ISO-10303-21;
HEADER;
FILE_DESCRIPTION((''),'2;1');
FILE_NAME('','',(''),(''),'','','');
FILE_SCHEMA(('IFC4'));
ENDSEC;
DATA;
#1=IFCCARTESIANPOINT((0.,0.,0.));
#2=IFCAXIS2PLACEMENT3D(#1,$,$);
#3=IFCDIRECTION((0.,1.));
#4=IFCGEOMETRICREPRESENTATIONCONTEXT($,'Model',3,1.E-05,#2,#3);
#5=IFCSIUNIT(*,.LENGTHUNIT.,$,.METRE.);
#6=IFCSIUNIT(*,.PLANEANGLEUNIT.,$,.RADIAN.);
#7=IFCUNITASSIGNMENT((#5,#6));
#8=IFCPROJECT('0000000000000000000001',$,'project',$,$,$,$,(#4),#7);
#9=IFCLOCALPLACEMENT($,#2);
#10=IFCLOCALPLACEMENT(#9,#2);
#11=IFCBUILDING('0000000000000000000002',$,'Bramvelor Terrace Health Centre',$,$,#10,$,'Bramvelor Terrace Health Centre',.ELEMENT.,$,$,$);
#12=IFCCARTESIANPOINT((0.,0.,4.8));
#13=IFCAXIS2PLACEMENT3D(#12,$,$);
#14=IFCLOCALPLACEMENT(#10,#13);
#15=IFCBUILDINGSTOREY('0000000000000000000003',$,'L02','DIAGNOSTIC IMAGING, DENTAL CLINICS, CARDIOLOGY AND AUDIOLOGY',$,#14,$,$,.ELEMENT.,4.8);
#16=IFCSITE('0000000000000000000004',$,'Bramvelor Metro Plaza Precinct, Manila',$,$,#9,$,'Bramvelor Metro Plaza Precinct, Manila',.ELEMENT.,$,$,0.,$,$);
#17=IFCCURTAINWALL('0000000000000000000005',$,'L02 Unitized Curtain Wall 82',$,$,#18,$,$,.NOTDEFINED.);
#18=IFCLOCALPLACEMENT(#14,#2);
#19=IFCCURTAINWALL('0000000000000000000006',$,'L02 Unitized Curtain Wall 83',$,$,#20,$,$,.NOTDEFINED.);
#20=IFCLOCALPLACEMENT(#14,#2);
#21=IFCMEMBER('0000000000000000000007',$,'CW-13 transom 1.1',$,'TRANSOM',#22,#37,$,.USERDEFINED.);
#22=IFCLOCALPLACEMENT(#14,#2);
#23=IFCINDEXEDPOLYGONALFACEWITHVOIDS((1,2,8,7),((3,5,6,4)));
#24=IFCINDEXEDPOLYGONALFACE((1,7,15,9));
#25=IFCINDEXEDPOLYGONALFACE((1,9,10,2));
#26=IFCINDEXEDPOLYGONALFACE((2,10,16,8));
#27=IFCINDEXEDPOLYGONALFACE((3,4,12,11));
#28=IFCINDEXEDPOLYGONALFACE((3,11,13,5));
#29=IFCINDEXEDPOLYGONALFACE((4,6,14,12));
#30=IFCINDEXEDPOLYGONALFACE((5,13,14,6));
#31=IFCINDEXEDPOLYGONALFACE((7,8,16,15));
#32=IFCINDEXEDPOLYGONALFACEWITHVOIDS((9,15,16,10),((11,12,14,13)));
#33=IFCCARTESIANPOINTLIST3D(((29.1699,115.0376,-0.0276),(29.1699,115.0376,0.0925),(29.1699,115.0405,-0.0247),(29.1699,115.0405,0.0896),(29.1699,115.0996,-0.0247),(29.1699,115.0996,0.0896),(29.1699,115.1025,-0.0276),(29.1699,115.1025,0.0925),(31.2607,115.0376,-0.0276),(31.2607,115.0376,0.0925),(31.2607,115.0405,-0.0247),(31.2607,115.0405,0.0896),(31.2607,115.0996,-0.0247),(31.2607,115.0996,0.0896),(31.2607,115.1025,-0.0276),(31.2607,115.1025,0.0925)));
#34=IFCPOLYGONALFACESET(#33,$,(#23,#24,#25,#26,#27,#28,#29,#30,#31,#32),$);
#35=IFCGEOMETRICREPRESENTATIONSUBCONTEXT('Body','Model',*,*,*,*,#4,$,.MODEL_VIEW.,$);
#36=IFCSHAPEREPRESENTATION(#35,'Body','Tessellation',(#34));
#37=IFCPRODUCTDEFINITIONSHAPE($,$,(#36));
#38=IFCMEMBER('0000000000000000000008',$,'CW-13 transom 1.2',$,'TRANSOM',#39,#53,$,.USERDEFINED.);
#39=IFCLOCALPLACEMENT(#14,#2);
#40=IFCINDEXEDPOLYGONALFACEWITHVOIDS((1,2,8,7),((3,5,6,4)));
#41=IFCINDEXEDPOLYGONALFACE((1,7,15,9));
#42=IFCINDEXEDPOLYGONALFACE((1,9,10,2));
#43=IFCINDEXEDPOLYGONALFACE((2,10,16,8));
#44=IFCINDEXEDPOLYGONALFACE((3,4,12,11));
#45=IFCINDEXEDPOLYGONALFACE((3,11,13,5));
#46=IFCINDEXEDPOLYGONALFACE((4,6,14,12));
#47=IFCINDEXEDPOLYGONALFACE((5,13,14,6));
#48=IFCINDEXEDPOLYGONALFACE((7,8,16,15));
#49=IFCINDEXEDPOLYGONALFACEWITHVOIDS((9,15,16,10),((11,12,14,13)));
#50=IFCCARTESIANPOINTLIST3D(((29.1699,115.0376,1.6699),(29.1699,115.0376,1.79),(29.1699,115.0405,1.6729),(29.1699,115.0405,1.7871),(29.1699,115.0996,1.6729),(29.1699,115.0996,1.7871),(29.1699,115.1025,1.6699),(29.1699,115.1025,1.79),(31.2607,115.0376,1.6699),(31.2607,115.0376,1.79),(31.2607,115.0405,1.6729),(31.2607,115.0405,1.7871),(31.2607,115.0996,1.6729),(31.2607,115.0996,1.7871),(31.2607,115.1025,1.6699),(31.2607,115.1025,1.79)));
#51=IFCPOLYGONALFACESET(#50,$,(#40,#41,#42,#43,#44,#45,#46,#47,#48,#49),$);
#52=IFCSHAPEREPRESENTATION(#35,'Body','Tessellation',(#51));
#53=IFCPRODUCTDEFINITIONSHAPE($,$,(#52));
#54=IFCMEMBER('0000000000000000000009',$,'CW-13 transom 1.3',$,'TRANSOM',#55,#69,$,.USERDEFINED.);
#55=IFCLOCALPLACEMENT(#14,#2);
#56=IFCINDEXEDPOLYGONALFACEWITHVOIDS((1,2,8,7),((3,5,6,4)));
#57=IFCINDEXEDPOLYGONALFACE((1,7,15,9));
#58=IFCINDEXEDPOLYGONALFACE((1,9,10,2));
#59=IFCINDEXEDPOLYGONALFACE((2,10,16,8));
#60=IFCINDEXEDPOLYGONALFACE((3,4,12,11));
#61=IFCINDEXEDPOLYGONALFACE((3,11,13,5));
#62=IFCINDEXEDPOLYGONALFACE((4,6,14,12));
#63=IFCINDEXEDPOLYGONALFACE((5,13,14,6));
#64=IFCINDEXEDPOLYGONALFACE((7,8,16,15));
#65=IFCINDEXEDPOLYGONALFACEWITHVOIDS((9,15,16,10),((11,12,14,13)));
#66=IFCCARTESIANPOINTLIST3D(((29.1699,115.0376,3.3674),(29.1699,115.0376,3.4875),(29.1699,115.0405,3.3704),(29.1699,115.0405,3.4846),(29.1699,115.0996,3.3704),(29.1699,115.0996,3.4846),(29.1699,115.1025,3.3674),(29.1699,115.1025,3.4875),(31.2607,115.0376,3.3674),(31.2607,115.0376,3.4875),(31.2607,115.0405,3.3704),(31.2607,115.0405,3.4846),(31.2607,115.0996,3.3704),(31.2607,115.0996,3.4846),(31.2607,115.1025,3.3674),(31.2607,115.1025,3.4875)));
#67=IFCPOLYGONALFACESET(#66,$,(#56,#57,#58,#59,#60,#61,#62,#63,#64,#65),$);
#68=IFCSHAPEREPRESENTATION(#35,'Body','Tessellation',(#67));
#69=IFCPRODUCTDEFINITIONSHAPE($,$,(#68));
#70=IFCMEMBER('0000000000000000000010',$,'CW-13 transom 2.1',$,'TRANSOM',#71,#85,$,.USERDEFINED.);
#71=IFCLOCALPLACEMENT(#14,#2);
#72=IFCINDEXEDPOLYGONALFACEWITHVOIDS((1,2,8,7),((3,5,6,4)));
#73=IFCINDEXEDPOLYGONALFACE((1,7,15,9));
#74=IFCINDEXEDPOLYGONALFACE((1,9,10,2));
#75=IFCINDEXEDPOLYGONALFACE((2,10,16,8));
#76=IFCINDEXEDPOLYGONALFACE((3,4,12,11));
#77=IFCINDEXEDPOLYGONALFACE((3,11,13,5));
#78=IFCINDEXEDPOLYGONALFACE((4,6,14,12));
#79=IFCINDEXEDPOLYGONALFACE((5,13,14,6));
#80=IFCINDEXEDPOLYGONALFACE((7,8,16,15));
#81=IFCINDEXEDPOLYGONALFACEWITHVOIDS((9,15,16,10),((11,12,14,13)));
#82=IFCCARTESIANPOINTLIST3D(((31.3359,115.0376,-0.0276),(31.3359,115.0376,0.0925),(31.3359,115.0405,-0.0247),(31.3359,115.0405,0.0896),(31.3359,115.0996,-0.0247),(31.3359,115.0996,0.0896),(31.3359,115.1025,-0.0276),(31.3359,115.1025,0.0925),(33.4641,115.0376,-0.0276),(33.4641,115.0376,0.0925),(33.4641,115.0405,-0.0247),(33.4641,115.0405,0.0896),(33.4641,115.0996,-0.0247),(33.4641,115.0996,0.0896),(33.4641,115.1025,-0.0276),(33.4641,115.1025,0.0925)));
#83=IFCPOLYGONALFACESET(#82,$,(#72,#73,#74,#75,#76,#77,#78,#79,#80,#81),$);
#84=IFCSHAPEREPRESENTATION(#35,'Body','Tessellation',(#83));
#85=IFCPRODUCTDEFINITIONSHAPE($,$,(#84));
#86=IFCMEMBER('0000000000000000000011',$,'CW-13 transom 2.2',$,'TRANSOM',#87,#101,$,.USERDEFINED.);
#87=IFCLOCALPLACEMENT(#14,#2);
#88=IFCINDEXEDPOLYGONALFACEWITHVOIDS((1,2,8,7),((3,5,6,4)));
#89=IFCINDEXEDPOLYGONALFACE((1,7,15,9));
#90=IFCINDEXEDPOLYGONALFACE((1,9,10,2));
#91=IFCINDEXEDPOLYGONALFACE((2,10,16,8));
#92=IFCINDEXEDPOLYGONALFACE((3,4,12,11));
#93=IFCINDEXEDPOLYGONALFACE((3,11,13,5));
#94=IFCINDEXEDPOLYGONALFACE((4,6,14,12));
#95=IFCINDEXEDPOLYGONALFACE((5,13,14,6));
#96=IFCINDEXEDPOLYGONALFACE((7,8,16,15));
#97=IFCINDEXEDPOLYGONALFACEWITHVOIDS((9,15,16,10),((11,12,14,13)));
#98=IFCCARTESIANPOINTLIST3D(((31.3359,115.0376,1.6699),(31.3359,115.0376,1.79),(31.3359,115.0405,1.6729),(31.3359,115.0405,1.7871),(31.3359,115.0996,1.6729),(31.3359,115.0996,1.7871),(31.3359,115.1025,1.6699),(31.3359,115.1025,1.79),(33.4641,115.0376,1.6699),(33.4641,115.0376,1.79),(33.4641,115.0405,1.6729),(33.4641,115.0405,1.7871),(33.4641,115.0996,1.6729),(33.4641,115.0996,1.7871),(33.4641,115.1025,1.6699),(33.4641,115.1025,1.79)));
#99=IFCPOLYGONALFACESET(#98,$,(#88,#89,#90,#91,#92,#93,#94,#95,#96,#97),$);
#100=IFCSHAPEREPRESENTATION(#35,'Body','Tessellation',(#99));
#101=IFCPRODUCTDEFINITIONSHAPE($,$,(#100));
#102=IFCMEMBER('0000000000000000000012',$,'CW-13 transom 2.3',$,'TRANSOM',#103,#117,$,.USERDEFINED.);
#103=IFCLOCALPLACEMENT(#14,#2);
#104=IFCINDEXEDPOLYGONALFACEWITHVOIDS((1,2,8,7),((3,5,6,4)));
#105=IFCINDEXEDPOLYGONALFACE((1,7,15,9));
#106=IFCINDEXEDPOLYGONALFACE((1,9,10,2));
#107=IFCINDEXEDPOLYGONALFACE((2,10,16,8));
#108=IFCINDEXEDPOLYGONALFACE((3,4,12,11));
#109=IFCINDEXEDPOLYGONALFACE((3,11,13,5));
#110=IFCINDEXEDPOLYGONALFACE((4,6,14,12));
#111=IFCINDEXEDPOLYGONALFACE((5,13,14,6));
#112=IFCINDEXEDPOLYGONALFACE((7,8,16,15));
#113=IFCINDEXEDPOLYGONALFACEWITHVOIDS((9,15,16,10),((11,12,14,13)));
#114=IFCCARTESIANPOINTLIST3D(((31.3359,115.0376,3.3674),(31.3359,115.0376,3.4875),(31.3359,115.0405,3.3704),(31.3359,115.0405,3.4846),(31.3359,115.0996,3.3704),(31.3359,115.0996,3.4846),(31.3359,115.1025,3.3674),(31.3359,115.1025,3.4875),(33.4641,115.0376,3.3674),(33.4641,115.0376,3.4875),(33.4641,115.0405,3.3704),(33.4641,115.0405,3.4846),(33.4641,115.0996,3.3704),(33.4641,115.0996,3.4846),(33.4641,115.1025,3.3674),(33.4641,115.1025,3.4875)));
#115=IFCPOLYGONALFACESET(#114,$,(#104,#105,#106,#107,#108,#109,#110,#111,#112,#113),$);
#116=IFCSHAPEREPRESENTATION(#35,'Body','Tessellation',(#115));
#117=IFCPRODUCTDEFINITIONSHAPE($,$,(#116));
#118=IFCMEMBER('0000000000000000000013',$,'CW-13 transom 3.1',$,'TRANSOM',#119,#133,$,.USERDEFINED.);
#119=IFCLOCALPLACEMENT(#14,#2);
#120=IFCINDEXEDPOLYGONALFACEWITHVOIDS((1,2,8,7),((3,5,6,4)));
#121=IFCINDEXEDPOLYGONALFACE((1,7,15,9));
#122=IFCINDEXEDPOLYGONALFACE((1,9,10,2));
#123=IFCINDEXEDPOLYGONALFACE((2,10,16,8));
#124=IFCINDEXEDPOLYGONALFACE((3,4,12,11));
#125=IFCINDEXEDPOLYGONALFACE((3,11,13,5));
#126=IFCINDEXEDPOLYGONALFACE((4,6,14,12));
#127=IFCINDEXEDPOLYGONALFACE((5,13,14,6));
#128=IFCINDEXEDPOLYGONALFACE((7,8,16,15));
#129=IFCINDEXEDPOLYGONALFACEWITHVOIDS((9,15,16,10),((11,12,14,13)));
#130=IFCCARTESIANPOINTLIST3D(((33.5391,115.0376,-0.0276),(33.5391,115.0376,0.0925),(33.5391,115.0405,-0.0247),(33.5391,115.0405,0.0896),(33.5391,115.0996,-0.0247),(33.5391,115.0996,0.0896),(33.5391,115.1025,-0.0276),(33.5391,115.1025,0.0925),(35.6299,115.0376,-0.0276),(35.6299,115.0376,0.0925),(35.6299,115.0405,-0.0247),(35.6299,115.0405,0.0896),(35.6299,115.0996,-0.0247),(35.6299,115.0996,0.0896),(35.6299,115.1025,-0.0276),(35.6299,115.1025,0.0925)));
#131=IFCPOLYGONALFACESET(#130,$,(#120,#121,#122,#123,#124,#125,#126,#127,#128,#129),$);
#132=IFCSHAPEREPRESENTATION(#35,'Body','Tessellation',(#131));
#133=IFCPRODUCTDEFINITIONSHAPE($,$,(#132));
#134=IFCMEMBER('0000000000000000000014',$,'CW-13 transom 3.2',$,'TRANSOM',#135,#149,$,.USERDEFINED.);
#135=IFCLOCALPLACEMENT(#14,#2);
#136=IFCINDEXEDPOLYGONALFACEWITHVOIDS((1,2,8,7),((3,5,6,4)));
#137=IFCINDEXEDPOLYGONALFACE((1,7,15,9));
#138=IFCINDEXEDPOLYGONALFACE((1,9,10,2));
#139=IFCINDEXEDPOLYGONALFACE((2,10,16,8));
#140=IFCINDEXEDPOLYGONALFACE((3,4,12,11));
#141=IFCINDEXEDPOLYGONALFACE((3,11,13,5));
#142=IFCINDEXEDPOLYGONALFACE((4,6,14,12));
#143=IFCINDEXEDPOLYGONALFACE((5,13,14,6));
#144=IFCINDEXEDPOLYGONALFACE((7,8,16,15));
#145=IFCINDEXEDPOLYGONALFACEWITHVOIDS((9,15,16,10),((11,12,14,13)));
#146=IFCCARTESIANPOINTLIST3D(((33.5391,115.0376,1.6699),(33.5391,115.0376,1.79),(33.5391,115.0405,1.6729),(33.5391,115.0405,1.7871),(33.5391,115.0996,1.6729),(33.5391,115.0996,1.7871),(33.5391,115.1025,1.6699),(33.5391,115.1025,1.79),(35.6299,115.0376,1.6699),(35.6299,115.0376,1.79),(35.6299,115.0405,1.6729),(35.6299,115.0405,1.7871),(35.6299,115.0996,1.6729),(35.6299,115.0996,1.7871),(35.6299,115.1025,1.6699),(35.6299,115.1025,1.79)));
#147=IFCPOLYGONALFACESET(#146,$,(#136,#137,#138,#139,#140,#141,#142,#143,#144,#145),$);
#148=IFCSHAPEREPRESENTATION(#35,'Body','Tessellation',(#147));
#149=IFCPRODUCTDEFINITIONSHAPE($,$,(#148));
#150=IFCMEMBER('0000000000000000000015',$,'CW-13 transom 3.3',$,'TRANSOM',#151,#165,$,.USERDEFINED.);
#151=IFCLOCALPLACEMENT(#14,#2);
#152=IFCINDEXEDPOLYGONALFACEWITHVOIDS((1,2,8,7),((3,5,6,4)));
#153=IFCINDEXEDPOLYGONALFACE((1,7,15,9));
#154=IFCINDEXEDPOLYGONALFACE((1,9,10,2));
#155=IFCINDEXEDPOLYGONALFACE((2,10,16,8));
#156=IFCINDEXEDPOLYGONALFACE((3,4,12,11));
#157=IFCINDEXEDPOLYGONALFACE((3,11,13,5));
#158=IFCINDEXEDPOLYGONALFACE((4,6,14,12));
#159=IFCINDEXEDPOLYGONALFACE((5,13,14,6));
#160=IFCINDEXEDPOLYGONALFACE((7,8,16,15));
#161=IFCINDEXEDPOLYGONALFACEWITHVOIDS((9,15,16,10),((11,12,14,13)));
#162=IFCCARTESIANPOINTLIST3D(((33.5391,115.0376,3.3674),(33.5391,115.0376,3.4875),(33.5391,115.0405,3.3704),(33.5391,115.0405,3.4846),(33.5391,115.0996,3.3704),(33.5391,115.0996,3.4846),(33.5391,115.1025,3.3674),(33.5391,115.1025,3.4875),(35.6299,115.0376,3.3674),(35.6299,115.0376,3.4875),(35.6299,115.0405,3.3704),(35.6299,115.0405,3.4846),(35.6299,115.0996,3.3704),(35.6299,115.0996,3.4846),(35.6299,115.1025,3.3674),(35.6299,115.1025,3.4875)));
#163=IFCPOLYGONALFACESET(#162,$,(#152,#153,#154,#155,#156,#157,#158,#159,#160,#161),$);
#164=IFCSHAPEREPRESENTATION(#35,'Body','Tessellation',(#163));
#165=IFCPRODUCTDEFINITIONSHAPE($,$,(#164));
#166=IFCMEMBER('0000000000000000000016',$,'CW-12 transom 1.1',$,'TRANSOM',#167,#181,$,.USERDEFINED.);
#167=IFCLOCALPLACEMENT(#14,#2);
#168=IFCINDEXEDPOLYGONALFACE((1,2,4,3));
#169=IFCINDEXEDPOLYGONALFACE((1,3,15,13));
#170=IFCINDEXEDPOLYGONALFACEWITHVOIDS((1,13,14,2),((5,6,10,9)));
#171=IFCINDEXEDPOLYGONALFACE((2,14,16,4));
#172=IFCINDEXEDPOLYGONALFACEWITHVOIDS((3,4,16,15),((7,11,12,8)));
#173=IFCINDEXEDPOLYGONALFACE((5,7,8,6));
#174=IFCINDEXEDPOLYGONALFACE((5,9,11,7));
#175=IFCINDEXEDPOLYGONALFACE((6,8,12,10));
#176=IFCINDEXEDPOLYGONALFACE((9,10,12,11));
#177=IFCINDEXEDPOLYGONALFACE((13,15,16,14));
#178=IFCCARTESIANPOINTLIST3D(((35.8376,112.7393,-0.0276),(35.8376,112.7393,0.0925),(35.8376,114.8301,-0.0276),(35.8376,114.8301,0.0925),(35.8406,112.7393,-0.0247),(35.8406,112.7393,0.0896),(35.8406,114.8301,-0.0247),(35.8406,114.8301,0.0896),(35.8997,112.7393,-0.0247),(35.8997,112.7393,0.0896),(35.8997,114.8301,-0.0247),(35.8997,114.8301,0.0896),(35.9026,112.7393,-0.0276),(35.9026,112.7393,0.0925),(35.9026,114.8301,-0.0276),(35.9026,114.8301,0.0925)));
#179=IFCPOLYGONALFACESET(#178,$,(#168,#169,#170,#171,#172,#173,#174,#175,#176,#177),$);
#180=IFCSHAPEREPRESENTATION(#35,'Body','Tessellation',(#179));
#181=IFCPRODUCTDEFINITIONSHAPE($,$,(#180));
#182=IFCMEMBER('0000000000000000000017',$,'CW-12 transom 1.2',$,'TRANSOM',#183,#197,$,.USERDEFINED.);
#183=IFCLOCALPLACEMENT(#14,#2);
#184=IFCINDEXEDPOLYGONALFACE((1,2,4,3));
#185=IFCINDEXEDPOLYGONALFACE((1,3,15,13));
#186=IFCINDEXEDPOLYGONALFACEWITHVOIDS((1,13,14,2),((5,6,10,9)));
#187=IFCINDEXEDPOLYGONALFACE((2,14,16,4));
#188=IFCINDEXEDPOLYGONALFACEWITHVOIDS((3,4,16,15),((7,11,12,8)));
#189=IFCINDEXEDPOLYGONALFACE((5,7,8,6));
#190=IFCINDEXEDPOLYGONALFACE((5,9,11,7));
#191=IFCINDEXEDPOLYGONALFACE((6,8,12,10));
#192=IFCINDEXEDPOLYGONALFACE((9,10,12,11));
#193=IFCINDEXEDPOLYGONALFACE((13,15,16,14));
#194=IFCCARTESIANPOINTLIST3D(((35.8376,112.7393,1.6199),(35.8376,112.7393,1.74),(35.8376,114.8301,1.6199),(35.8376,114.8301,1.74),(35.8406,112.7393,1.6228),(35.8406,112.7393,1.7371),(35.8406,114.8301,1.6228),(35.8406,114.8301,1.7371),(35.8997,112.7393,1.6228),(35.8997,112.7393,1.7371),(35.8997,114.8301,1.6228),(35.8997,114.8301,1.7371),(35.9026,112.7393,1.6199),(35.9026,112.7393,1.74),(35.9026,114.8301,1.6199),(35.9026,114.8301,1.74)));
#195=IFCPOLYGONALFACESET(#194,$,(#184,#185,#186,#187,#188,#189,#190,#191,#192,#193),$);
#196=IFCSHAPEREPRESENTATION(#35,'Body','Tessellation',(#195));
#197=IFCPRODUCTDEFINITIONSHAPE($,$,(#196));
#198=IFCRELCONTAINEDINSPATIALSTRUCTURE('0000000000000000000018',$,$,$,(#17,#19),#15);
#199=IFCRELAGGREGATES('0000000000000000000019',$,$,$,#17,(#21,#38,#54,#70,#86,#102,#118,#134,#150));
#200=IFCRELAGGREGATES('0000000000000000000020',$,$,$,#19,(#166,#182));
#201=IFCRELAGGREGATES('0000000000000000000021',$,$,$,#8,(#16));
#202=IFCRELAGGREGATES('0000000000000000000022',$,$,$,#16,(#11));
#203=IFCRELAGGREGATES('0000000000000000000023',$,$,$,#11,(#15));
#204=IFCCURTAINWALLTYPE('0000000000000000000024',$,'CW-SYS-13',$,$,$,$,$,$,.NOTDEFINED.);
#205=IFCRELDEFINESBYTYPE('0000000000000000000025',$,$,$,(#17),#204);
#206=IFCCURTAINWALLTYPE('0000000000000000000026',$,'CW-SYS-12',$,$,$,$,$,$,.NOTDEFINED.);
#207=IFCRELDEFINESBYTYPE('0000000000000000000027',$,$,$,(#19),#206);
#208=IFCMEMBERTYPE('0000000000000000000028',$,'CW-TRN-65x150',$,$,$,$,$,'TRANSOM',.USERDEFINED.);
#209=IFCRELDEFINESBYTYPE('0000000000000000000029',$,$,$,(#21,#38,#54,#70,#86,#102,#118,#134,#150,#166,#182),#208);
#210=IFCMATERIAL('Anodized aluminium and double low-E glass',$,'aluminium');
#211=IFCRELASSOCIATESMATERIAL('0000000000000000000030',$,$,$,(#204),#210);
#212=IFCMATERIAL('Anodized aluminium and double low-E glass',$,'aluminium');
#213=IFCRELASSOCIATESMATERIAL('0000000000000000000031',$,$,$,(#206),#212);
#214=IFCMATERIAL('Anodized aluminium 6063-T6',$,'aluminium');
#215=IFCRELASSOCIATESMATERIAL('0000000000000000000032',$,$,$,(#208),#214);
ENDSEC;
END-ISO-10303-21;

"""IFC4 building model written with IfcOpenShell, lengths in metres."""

from ifc_helpers import new_model, si_unit, direction, frame, origin, origin_2d, place, context, subcontext, project, spatial, hollow_rectangle, extrude, material, material_profile, profile_set, type_object, element, aggregate, save


model = new_model("IFC4")

# Units and contexts
model_context = context("Model", 3, precision=1e-05, world=origin(), true_north=direction((0.0, 1.0)))
body_context = subcontext(model_context, "Body", "Model", "MODEL_VIEW")
ifc_project = project(units=[si_unit("LENGTHUNIT", "METRE"), si_unit("PLANEANGLEUNIT", "RADIAN")], contexts=[model_context])

# Site, building, storey
site_placement = place(None, origin())
site = spatial("IfcSite", under=ifc_project, at=site_placement, Name="Bramvelor Metro Plaza Precinct, Manila", LongName="Bramvelor Metro Plaza Precinct, Manila", CompositionType="ELEMENT", RefElevation=0.0)
building_placement = place(site_placement, origin())
building = spatial("IfcBuilding", under=site, at=building_placement, Name="Bramvelor Terrace Health Centre", LongName="Bramvelor Terrace Health Centre", CompositionType="ELEMENT")
storey_placement = place(building_placement, frame((0.0, 0.0, 4.8)))
storey = spatial("IfcBuildingStorey", under=building, at=storey_placement, Name="L02", Description="DIAGNOSTIC IMAGING, DENTAL CLINICS, CARDIOLOGY AND AUDIOLOGY", CompositionType="ELEMENT", Elevation=4.8)

# Shared definitions
ifc_material_1 = material(Name="Anodized aluminium and double low-E glass", Category="aluminium")
curtain_wall_type_1 = type_object("IfcCurtainWallType", Name="CW-SYS-13", PredefinedType="NOTDEFINED", material=ifc_material_1)

# Curtain walls
curtain_wall_1_placement = place(storey_placement, origin())
curtain_wall_1 = element("IfcCurtainWall", 1, at=curtain_wall_1_placement, inside=storey, type_object=curtain_wall_type_1, Name="L02 Unitized Curtain Wall 82", PredefinedType="NOTDEFINED")
ifc_material_2 = material(Name="Anodized aluminium and double low-E glass", Category="aluminium")
curtain_wall_type_2 = type_object("IfcCurtainWallType", Name="CW-SYS-12", PredefinedType="NOTDEFINED", material=ifc_material_2)
curtain_wall_2_placement = place(storey_placement, origin())
curtain_wall_2 = element("IfcCurtainWall", 2, at=curtain_wall_2_placement, inside=storey, type_object=curtain_wall_type_2, Name="L02 Unitized Curtain Wall 83", PredefinedType="NOTDEFINED")

# Members
ifc_material_3 = material(Name="Anodized aluminium 6063-T6", Category="aluminium")
ifc_material_profile_1 = material_profile(ifc_material_3, hollow_rectangle(XDim=0.0649, YDim=0.1201, WallThickness=0.0029, at=origin_2d()), Name="ALU-TRN 65x120x3.0")
ifc_profile_set_1 = profile_set([ifc_material_profile_1], Name="Anodized aluminium 6063-T6")
member_type_1 = type_object("IfcMemberType", Name="CW-TRN-65x150", ElementType="TRANSOM", PredefinedType="USERDEFINED", material=ifc_profile_set_1)
member_1_placement = place(storey_placement, frame((29.1699, 115.0701, 0.0325), z_axis=(1.0, 0.0, 0.0), x_axis=(0.0, 1.0, 0.0)))
member_1 = element("IfcMember", 3, at=member_1_placement, type_object=member_type_1, Name="CW-13 transom 1.1", ObjectType="TRANSOM", PredefinedType="USERDEFINED", context=body_context, shape_type="SweptSolid", body=[
    extrude(hollow_rectangle(XDim=0.0649, YDim=0.1201, WallThickness=0.0029, at=origin_2d()), origin(), (0.0, 0.0, 1.0), 2.0908),
])
member_2_placement = place(storey_placement, frame((29.1699, 115.0701, 1.73), z_axis=(1.0, 0.0, 0.0), x_axis=(0.0, 1.0, 0.0)))
member_2 = element("IfcMember", 4, at=member_2_placement, type_object=member_type_1, Name="CW-13 transom 1.2", ObjectType="TRANSOM", PredefinedType="USERDEFINED", context=body_context, shape_type="SweptSolid", body=[
    extrude(hollow_rectangle(XDim=0.0649, YDim=0.1201, WallThickness=0.0029, at=origin_2d()), origin(), (0.0, 0.0, 1.0), 2.0908),
])
member_3_placement = place(storey_placement, frame((29.1699, 115.0701, 3.4275), z_axis=(1.0, 0.0, 0.0), x_axis=(0.0, 1.0, 0.0)))
member_3 = element("IfcMember", 5, at=member_3_placement, type_object=member_type_1, Name="CW-13 transom 1.3", ObjectType="TRANSOM", PredefinedType="USERDEFINED", context=body_context, shape_type="SweptSolid", body=[
    extrude(hollow_rectangle(XDim=0.0649, YDim=0.1201, WallThickness=0.0029, at=origin_2d()), origin(), (0.0, 0.0, 1.0), 2.0908),
])
member_4_placement = place(storey_placement, frame((31.3359, 115.0701, 0.0325), z_axis=(1.0, 0.0, 0.0), x_axis=(0.0, 1.0, 0.0)))
member_4 = element("IfcMember", 6, at=member_4_placement, type_object=member_type_1, Name="CW-13 transom 2.1", ObjectType="TRANSOM", PredefinedType="USERDEFINED", context=body_context, shape_type="SweptSolid", body=[
    extrude(hollow_rectangle(XDim=0.0649, YDim=0.1201, WallThickness=0.0029, at=origin_2d()), origin(), (0.0, 0.0, 1.0), 2.1282),
])
member_5_placement = place(storey_placement, frame((31.3359, 115.0701, 1.73), z_axis=(1.0, 0.0, 0.0), x_axis=(0.0, 1.0, 0.0)))
member_5 = element("IfcMember", 7, at=member_5_placement, type_object=member_type_1, Name="CW-13 transom 2.2", ObjectType="TRANSOM", PredefinedType="USERDEFINED", context=body_context, shape_type="SweptSolid", body=[
    extrude(hollow_rectangle(XDim=0.0649, YDim=0.1201, WallThickness=0.0029, at=origin_2d()), origin(), (0.0, 0.0, 1.0), 2.1282),
])
member_6_placement = place(storey_placement, frame((31.3359, 115.0701, 3.4275), z_axis=(1.0, 0.0, 0.0), x_axis=(0.0, 1.0, 0.0)))
member_6 = element("IfcMember", 8, at=member_6_placement, type_object=member_type_1, Name="CW-13 transom 2.3", ObjectType="TRANSOM", PredefinedType="USERDEFINED", context=body_context, shape_type="SweptSolid", body=[
    extrude(hollow_rectangle(XDim=0.0649, YDim=0.1201, WallThickness=0.0029, at=origin_2d()), origin(), (0.0, 0.0, 1.0), 2.1282),
])
member_7_placement = place(storey_placement, frame((33.5391, 115.0701, 0.0325), z_axis=(1.0, 0.0, 0.0), x_axis=(0.0, 1.0, 0.0)))
member_7 = element("IfcMember", 9, at=member_7_placement, type_object=member_type_1, Name="CW-13 transom 3.1", ObjectType="TRANSOM", PredefinedType="USERDEFINED", context=body_context, shape_type="SweptSolid", body=[
    extrude(hollow_rectangle(XDim=0.0649, YDim=0.1201, WallThickness=0.0029, at=origin_2d()), origin(), (0.0, 0.0, 1.0), 2.0908),
])
member_8_placement = place(storey_placement, frame((33.5391, 115.0701, 1.73), z_axis=(1.0, 0.0, 0.0), x_axis=(0.0, 1.0, 0.0)))
member_8 = element("IfcMember", 10, at=member_8_placement, type_object=member_type_1, Name="CW-13 transom 3.2", ObjectType="TRANSOM", PredefinedType="USERDEFINED", context=body_context, shape_type="SweptSolid", body=[
    extrude(hollow_rectangle(XDim=0.0649, YDim=0.1201, WallThickness=0.0029, at=origin_2d()), origin(), (0.0, 0.0, 1.0), 2.0908),
])
member_9_placement = place(storey_placement, frame((33.5391, 115.0701, 3.4275), z_axis=(1.0, 0.0, 0.0), x_axis=(0.0, 1.0, 0.0)))
member_9 = element("IfcMember", 11, at=member_9_placement, type_object=member_type_1, Name="CW-13 transom 3.3", ObjectType="TRANSOM", PredefinedType="USERDEFINED", context=body_context, shape_type="SweptSolid", body=[
    extrude(hollow_rectangle(XDim=0.0649, YDim=0.1201, WallThickness=0.0029, at=origin_2d()), origin(), (0.0, 0.0, 1.0), 2.0908),
])
member_10_placement = place(storey_placement, frame((35.8701, 114.8301, 0.0325), z_axis=(0.0, -1.0, 0.0), x_axis=(1.0, 0.0, 0.0)))
member_10 = element("IfcMember", 12, at=member_10_placement, type_object=member_type_1, Name="CW-12 transom 1.1", ObjectType="TRANSOM", PredefinedType="USERDEFINED", context=body_context, shape_type="SweptSolid", body=[
    extrude(hollow_rectangle(XDim=0.0649, YDim=0.1201, WallThickness=0.0029, at=origin_2d()), origin(), (0.0, 0.0, 1.0), 2.0908),
])
member_11_placement = place(storey_placement, frame((35.8701, 114.8301, 1.6799), z_axis=(0.0, -1.0, 0.0), x_axis=(1.0, 0.0, 0.0)))
member_11 = element("IfcMember", 13, at=member_11_placement, type_object=member_type_1, Name="CW-12 transom 1.2", ObjectType="TRANSOM", PredefinedType="USERDEFINED", context=body_context, shape_type="SweptSolid", body=[
    extrude(hollow_rectangle(XDim=0.0649, YDim=0.1201, WallThickness=0.0029, at=origin_2d()), origin(), (0.0, 0.0, 1.0), 2.0908),
])

aggregate(curtain_wall_1, [member_1, member_2, member_3, member_4, member_5, member_6, member_7, member_8, member_9])
aggregate(curtain_wall_2, [member_10, member_11])

save(model, "model.ifc")
